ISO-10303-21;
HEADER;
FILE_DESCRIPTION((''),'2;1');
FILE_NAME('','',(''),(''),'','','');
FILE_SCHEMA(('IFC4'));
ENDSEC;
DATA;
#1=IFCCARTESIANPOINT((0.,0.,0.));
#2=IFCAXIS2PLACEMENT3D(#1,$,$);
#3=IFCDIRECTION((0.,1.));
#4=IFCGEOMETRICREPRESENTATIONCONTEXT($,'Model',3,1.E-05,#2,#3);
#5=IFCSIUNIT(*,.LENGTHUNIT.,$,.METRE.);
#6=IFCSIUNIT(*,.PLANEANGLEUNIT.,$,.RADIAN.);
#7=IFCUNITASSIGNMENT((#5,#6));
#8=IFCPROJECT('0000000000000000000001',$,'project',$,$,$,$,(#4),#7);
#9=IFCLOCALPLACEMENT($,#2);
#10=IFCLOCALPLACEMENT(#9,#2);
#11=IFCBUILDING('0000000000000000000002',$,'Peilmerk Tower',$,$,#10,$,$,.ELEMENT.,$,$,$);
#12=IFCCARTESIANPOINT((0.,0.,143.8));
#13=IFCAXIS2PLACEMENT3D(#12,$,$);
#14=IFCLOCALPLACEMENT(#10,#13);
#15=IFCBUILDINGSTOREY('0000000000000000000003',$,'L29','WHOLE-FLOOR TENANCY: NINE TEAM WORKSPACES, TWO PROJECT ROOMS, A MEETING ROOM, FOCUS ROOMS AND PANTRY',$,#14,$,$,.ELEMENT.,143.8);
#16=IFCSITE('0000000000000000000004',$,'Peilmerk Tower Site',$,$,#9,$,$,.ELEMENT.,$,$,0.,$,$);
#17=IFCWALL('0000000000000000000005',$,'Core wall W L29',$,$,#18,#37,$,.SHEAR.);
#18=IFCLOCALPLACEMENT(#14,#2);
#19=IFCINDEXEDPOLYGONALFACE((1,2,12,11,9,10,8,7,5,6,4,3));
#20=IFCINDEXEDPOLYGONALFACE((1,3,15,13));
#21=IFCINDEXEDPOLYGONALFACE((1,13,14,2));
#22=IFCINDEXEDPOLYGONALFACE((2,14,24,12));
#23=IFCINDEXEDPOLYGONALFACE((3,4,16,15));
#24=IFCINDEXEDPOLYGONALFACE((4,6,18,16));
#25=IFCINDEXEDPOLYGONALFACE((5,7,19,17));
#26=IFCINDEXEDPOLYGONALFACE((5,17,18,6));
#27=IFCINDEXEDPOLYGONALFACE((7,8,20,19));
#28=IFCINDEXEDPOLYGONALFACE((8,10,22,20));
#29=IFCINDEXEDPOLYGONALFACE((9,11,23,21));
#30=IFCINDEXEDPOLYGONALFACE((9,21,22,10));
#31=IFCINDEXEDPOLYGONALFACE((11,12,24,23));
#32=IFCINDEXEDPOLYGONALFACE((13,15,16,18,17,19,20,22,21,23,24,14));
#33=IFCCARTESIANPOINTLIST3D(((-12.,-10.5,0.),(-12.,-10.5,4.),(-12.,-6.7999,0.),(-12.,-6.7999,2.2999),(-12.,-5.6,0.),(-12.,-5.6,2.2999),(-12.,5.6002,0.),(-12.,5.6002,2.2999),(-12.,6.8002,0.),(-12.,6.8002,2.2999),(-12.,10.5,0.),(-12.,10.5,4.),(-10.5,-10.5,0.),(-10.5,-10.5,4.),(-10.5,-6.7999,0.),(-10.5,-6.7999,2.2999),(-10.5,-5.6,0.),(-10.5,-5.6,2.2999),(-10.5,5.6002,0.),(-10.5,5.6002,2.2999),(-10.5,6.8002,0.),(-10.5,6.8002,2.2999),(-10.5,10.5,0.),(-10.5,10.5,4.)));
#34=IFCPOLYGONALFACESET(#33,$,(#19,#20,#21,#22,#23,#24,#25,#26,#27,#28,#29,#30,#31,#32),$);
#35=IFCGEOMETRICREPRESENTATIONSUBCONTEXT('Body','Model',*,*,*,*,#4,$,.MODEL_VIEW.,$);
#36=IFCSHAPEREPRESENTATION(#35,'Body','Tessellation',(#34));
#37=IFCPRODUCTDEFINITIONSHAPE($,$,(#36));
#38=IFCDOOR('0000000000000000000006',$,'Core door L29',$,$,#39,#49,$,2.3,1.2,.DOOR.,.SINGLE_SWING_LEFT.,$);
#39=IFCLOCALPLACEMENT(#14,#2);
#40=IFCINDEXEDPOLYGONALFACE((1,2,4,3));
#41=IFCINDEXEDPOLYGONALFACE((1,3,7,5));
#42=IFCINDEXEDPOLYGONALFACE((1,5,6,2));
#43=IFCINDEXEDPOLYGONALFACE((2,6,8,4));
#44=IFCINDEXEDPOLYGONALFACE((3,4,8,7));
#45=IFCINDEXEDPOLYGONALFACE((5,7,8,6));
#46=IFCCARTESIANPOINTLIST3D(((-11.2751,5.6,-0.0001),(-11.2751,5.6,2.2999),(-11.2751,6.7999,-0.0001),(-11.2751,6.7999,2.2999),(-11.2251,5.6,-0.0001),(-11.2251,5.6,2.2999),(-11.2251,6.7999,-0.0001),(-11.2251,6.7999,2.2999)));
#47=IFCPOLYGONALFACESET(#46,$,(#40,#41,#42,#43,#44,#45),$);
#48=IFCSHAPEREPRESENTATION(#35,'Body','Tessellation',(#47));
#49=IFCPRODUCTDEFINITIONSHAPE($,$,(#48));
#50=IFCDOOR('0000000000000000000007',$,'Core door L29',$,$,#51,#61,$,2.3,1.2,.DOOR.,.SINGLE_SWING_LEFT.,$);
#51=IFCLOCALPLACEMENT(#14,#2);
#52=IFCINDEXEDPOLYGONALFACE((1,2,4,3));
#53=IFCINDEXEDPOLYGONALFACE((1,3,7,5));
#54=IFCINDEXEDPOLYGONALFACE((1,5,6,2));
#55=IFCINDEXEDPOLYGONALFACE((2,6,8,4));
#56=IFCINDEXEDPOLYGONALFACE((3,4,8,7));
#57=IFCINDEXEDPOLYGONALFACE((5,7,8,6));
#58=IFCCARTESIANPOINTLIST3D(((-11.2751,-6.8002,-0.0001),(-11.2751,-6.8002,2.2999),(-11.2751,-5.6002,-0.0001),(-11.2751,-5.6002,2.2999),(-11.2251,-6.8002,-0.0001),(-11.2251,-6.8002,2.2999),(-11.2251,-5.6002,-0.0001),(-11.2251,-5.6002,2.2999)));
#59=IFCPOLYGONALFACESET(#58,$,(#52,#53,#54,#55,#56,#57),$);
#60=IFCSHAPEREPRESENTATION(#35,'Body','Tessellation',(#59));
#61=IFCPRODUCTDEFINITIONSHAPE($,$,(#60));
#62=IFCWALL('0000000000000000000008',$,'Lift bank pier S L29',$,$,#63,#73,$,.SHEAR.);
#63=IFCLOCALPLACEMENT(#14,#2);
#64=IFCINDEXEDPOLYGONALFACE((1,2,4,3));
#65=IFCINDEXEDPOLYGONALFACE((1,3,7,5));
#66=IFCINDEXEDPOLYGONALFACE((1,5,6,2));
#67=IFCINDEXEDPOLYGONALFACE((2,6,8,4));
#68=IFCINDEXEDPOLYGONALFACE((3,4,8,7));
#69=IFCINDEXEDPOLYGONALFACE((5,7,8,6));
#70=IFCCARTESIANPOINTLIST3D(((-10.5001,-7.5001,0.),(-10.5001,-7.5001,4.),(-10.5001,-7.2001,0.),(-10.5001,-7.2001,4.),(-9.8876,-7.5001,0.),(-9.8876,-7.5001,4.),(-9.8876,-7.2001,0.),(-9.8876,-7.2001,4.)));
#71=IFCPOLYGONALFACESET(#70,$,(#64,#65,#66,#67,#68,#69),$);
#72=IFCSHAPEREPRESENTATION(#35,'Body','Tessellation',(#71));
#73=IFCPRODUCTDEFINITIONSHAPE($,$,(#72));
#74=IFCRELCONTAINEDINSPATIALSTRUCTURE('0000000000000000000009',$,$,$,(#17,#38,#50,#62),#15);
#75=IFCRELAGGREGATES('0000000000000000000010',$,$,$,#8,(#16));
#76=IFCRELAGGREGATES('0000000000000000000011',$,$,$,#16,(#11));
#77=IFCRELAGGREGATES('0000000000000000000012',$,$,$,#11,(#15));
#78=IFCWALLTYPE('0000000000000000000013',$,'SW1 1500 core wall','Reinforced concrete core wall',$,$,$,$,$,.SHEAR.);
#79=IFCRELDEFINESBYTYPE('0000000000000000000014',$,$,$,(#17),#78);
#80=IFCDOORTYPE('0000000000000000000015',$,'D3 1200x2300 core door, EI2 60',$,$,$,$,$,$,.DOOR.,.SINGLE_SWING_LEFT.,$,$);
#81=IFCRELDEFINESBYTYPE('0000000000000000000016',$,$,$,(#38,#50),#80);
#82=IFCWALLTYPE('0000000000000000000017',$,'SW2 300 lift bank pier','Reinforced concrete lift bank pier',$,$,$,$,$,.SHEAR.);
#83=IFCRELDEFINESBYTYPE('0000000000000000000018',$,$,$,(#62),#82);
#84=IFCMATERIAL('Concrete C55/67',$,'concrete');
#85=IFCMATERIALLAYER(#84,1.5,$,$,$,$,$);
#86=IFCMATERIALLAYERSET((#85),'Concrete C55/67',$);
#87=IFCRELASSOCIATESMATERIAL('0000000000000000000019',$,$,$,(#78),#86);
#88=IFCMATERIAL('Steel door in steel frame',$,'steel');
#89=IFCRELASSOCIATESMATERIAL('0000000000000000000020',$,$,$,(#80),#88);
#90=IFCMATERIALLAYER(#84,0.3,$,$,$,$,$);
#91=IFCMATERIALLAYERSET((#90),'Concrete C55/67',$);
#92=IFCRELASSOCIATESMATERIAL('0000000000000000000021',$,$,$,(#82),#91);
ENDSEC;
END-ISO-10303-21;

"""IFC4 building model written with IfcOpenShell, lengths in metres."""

from ifc_helpers import new_model, si_unit, direction, frame, frame_2d, origin, place, context, subcontext, project, spatial, rectangle, extrude, material, layer, layer_set, type_object, element, fill, save


model = new_model("IFC4")

# Units and contexts
model_context = context("Model", 3, precision=1e-05, world=origin(), true_north=direction((0.0, 1.0)))
body_context = subcontext(model_context, "Body", "Model", "MODEL_VIEW")
ifc_project = project(units=[si_unit("LENGTHUNIT", "METRE"), si_unit("PLANEANGLEUNIT", "RADIAN")], contexts=[model_context])

# Site, building, storey
site_placement = place(None, origin())
site = spatial("IfcSite", under=ifc_project, at=site_placement, Name="Peilmerk Tower Site", CompositionType="ELEMENT", RefElevation=0.0)
building_placement = place(site_placement, origin())
building = spatial("IfcBuilding", under=site, at=building_placement, Name="Peilmerk Tower", CompositionType="ELEMENT")
storey_placement = place(building_placement, frame((0.0, 0.0, 143.8)))
storey = spatial("IfcBuildingStorey", under=building, at=storey_placement, Name="L29", Description="WHOLE-FLOOR TENANCY: NINE TEAM WORKSPACES, TWO PROJECT ROOMS, A MEETING ROOM, FOCUS ROOMS AND PANTRY", CompositionType="ELEMENT", Elevation=143.8)

# Wall, openings, doors
ifc_material_1 = material(Name="Concrete C55/67", Category="concrete")
ifc_layer_1 = layer(ifc_material_1, 1.5)
ifc_layer_set_1 = layer_set([ifc_layer_1], Name="Concrete C55/67")
wall_type_1 = type_object("IfcWallType", Name="SW1 1500 core wall", Description="Reinforced concrete core wall", PredefinedType="SHEAR", material=ifc_layer_set_1)
wall_1_placement = place(storey_placement, frame((-11.25, -10.5, 0.0), z_axis=(0.0, 0.0, 1.0), x_axis=(0.0, 1.0, 0.0)))
wall_1 = element("IfcWall", 1, at=wall_1_placement, inside=storey, type_object=wall_type_1, Name="Core wall W L29", PredefinedType="SHEAR", context=body_context, shape_type="SweptSolid", body=[
    extrude(rectangle(XDim=21.0, YDim=1.5, at=frame_2d((10.5, 0.0))), origin(), (0.0, 0.0, 1.0), 4.0),
])
opening_1_placement = place(wall_1_placement, frame((16.1001, 0.0, 0.0)))
opening_1 = element("IfcOpeningElement", 2, at=opening_1_placement, cuts=wall_1, PredefinedType="OPENING", context=body_context, shape_type="SweptSolid", body=[
    extrude(rectangle(XDim=1.2, YDim=2.3, at=frame_2d((0.6001, 1.1499))), frame((0.0, 0.76, 0.0), z_axis=(0.0, -1.0, 0.0), x_axis=(1.0, 0.0, 0.0)), (0.0, 0.0, 1.0), 1.52),
])
opening_2_placement = place(wall_1_placement, frame((3.7, 0.0, 0.0)))
opening_2 = element("IfcOpeningElement", 3, at=opening_2_placement, cuts=wall_1, PredefinedType="OPENING", context=body_context, shape_type="SweptSolid", body=[
    extrude(rectangle(XDim=1.2, YDim=2.3, at=frame_2d((0.6001, 1.1499))), frame((0.0, 0.76, 0.0), z_axis=(0.0, -1.0, 0.0), x_axis=(1.0, 0.0, 0.0)), (0.0, 0.0, 1.0), 1.52),
])
ifc_material_2 = material(Name="Steel door in steel frame", Category="steel")
door_type_1 = type_object("IfcDoorType", Name="D3 1200x2300 core door, EI2 60", OperationType="SINGLE_SWING_LEFT", PredefinedType="DOOR", material=ifc_material_2)
door_1_placement = place(opening_1_placement, frame((1.2, 0.0, 0.0), z_axis=(0.0, 0.0, 1.0), x_axis=(-1.0, 0.0, 0.0)))
door_1 = element("IfcDoor", 4, at=door_1_placement, inside=storey, type_object=door_type_1, Name="Core door L29", OperationType="SINGLE_SWING_LEFT", OverallHeight=2.3, OverallWidth=1.2, PredefinedType="DOOR", context=body_context, shape_type="SweptSolid", body=[
    extrude(rectangle(XDim=1.2, YDim=2.3, at=frame_2d((0.6001, 1.1499))), frame((0.0, 0.0249, 0.0), z_axis=(0.0, -1.0, 0.0), x_axis=(1.0, 0.0, 0.0)), (0.0, 0.0, 1.0), 0.05),
])
fill(opening_1, door_1)
door_2_placement = place(opening_2_placement, frame((1.2, 0.0, 0.0), z_axis=(0.0, 0.0, 1.0), x_axis=(-1.0, 0.0, 0.0)))
door_2 = element("IfcDoor", 5, at=door_2_placement, inside=storey, type_object=door_type_1, Name="Core door L29", OperationType="SINGLE_SWING_LEFT", OverallHeight=2.3, OverallWidth=1.2, PredefinedType="DOOR", context=body_context, shape_type="SweptSolid", body=[
    extrude(rectangle(XDim=1.2, YDim=2.3, at=frame_2d((0.6001, 1.1499))), frame((0.0, 0.0249, 0.0), z_axis=(0.0, -1.0, 0.0), x_axis=(1.0, 0.0, 0.0)), (0.0, 0.0, 1.0), 0.05),
])
fill(opening_2, door_2)

# Wall
ifc_layer_2 = layer(ifc_material_1, 0.3)
ifc_layer_set_2 = layer_set([ifc_layer_2], Name="Concrete C55/67")
wall_type_2 = type_object("IfcWallType", Name="SW2 300 lift bank pier", Description="Reinforced concrete lift bank pier", PredefinedType="SHEAR", material=ifc_layer_set_2)
wall_2_placement = place(storey_placement, frame((-10.5, -7.3501, 0.0), z_axis=(0.0, 0.0, 1.0), x_axis=(1.0, 0.0, 0.0)))
element("IfcWall", 6, at=wall_2_placement, inside=storey, type_object=wall_type_2, Name="Lift bank pier S L29", PredefinedType="SHEAR", context=body_context, shape_type="SweptSolid", body=[
    extrude(rectangle(XDim=0.6125, YDim=0.3, at=frame_2d((0.3062, 0.0))), origin(), (0.0, 0.0, 1.0), 4.0),
])

save(model, "model.ifc")
